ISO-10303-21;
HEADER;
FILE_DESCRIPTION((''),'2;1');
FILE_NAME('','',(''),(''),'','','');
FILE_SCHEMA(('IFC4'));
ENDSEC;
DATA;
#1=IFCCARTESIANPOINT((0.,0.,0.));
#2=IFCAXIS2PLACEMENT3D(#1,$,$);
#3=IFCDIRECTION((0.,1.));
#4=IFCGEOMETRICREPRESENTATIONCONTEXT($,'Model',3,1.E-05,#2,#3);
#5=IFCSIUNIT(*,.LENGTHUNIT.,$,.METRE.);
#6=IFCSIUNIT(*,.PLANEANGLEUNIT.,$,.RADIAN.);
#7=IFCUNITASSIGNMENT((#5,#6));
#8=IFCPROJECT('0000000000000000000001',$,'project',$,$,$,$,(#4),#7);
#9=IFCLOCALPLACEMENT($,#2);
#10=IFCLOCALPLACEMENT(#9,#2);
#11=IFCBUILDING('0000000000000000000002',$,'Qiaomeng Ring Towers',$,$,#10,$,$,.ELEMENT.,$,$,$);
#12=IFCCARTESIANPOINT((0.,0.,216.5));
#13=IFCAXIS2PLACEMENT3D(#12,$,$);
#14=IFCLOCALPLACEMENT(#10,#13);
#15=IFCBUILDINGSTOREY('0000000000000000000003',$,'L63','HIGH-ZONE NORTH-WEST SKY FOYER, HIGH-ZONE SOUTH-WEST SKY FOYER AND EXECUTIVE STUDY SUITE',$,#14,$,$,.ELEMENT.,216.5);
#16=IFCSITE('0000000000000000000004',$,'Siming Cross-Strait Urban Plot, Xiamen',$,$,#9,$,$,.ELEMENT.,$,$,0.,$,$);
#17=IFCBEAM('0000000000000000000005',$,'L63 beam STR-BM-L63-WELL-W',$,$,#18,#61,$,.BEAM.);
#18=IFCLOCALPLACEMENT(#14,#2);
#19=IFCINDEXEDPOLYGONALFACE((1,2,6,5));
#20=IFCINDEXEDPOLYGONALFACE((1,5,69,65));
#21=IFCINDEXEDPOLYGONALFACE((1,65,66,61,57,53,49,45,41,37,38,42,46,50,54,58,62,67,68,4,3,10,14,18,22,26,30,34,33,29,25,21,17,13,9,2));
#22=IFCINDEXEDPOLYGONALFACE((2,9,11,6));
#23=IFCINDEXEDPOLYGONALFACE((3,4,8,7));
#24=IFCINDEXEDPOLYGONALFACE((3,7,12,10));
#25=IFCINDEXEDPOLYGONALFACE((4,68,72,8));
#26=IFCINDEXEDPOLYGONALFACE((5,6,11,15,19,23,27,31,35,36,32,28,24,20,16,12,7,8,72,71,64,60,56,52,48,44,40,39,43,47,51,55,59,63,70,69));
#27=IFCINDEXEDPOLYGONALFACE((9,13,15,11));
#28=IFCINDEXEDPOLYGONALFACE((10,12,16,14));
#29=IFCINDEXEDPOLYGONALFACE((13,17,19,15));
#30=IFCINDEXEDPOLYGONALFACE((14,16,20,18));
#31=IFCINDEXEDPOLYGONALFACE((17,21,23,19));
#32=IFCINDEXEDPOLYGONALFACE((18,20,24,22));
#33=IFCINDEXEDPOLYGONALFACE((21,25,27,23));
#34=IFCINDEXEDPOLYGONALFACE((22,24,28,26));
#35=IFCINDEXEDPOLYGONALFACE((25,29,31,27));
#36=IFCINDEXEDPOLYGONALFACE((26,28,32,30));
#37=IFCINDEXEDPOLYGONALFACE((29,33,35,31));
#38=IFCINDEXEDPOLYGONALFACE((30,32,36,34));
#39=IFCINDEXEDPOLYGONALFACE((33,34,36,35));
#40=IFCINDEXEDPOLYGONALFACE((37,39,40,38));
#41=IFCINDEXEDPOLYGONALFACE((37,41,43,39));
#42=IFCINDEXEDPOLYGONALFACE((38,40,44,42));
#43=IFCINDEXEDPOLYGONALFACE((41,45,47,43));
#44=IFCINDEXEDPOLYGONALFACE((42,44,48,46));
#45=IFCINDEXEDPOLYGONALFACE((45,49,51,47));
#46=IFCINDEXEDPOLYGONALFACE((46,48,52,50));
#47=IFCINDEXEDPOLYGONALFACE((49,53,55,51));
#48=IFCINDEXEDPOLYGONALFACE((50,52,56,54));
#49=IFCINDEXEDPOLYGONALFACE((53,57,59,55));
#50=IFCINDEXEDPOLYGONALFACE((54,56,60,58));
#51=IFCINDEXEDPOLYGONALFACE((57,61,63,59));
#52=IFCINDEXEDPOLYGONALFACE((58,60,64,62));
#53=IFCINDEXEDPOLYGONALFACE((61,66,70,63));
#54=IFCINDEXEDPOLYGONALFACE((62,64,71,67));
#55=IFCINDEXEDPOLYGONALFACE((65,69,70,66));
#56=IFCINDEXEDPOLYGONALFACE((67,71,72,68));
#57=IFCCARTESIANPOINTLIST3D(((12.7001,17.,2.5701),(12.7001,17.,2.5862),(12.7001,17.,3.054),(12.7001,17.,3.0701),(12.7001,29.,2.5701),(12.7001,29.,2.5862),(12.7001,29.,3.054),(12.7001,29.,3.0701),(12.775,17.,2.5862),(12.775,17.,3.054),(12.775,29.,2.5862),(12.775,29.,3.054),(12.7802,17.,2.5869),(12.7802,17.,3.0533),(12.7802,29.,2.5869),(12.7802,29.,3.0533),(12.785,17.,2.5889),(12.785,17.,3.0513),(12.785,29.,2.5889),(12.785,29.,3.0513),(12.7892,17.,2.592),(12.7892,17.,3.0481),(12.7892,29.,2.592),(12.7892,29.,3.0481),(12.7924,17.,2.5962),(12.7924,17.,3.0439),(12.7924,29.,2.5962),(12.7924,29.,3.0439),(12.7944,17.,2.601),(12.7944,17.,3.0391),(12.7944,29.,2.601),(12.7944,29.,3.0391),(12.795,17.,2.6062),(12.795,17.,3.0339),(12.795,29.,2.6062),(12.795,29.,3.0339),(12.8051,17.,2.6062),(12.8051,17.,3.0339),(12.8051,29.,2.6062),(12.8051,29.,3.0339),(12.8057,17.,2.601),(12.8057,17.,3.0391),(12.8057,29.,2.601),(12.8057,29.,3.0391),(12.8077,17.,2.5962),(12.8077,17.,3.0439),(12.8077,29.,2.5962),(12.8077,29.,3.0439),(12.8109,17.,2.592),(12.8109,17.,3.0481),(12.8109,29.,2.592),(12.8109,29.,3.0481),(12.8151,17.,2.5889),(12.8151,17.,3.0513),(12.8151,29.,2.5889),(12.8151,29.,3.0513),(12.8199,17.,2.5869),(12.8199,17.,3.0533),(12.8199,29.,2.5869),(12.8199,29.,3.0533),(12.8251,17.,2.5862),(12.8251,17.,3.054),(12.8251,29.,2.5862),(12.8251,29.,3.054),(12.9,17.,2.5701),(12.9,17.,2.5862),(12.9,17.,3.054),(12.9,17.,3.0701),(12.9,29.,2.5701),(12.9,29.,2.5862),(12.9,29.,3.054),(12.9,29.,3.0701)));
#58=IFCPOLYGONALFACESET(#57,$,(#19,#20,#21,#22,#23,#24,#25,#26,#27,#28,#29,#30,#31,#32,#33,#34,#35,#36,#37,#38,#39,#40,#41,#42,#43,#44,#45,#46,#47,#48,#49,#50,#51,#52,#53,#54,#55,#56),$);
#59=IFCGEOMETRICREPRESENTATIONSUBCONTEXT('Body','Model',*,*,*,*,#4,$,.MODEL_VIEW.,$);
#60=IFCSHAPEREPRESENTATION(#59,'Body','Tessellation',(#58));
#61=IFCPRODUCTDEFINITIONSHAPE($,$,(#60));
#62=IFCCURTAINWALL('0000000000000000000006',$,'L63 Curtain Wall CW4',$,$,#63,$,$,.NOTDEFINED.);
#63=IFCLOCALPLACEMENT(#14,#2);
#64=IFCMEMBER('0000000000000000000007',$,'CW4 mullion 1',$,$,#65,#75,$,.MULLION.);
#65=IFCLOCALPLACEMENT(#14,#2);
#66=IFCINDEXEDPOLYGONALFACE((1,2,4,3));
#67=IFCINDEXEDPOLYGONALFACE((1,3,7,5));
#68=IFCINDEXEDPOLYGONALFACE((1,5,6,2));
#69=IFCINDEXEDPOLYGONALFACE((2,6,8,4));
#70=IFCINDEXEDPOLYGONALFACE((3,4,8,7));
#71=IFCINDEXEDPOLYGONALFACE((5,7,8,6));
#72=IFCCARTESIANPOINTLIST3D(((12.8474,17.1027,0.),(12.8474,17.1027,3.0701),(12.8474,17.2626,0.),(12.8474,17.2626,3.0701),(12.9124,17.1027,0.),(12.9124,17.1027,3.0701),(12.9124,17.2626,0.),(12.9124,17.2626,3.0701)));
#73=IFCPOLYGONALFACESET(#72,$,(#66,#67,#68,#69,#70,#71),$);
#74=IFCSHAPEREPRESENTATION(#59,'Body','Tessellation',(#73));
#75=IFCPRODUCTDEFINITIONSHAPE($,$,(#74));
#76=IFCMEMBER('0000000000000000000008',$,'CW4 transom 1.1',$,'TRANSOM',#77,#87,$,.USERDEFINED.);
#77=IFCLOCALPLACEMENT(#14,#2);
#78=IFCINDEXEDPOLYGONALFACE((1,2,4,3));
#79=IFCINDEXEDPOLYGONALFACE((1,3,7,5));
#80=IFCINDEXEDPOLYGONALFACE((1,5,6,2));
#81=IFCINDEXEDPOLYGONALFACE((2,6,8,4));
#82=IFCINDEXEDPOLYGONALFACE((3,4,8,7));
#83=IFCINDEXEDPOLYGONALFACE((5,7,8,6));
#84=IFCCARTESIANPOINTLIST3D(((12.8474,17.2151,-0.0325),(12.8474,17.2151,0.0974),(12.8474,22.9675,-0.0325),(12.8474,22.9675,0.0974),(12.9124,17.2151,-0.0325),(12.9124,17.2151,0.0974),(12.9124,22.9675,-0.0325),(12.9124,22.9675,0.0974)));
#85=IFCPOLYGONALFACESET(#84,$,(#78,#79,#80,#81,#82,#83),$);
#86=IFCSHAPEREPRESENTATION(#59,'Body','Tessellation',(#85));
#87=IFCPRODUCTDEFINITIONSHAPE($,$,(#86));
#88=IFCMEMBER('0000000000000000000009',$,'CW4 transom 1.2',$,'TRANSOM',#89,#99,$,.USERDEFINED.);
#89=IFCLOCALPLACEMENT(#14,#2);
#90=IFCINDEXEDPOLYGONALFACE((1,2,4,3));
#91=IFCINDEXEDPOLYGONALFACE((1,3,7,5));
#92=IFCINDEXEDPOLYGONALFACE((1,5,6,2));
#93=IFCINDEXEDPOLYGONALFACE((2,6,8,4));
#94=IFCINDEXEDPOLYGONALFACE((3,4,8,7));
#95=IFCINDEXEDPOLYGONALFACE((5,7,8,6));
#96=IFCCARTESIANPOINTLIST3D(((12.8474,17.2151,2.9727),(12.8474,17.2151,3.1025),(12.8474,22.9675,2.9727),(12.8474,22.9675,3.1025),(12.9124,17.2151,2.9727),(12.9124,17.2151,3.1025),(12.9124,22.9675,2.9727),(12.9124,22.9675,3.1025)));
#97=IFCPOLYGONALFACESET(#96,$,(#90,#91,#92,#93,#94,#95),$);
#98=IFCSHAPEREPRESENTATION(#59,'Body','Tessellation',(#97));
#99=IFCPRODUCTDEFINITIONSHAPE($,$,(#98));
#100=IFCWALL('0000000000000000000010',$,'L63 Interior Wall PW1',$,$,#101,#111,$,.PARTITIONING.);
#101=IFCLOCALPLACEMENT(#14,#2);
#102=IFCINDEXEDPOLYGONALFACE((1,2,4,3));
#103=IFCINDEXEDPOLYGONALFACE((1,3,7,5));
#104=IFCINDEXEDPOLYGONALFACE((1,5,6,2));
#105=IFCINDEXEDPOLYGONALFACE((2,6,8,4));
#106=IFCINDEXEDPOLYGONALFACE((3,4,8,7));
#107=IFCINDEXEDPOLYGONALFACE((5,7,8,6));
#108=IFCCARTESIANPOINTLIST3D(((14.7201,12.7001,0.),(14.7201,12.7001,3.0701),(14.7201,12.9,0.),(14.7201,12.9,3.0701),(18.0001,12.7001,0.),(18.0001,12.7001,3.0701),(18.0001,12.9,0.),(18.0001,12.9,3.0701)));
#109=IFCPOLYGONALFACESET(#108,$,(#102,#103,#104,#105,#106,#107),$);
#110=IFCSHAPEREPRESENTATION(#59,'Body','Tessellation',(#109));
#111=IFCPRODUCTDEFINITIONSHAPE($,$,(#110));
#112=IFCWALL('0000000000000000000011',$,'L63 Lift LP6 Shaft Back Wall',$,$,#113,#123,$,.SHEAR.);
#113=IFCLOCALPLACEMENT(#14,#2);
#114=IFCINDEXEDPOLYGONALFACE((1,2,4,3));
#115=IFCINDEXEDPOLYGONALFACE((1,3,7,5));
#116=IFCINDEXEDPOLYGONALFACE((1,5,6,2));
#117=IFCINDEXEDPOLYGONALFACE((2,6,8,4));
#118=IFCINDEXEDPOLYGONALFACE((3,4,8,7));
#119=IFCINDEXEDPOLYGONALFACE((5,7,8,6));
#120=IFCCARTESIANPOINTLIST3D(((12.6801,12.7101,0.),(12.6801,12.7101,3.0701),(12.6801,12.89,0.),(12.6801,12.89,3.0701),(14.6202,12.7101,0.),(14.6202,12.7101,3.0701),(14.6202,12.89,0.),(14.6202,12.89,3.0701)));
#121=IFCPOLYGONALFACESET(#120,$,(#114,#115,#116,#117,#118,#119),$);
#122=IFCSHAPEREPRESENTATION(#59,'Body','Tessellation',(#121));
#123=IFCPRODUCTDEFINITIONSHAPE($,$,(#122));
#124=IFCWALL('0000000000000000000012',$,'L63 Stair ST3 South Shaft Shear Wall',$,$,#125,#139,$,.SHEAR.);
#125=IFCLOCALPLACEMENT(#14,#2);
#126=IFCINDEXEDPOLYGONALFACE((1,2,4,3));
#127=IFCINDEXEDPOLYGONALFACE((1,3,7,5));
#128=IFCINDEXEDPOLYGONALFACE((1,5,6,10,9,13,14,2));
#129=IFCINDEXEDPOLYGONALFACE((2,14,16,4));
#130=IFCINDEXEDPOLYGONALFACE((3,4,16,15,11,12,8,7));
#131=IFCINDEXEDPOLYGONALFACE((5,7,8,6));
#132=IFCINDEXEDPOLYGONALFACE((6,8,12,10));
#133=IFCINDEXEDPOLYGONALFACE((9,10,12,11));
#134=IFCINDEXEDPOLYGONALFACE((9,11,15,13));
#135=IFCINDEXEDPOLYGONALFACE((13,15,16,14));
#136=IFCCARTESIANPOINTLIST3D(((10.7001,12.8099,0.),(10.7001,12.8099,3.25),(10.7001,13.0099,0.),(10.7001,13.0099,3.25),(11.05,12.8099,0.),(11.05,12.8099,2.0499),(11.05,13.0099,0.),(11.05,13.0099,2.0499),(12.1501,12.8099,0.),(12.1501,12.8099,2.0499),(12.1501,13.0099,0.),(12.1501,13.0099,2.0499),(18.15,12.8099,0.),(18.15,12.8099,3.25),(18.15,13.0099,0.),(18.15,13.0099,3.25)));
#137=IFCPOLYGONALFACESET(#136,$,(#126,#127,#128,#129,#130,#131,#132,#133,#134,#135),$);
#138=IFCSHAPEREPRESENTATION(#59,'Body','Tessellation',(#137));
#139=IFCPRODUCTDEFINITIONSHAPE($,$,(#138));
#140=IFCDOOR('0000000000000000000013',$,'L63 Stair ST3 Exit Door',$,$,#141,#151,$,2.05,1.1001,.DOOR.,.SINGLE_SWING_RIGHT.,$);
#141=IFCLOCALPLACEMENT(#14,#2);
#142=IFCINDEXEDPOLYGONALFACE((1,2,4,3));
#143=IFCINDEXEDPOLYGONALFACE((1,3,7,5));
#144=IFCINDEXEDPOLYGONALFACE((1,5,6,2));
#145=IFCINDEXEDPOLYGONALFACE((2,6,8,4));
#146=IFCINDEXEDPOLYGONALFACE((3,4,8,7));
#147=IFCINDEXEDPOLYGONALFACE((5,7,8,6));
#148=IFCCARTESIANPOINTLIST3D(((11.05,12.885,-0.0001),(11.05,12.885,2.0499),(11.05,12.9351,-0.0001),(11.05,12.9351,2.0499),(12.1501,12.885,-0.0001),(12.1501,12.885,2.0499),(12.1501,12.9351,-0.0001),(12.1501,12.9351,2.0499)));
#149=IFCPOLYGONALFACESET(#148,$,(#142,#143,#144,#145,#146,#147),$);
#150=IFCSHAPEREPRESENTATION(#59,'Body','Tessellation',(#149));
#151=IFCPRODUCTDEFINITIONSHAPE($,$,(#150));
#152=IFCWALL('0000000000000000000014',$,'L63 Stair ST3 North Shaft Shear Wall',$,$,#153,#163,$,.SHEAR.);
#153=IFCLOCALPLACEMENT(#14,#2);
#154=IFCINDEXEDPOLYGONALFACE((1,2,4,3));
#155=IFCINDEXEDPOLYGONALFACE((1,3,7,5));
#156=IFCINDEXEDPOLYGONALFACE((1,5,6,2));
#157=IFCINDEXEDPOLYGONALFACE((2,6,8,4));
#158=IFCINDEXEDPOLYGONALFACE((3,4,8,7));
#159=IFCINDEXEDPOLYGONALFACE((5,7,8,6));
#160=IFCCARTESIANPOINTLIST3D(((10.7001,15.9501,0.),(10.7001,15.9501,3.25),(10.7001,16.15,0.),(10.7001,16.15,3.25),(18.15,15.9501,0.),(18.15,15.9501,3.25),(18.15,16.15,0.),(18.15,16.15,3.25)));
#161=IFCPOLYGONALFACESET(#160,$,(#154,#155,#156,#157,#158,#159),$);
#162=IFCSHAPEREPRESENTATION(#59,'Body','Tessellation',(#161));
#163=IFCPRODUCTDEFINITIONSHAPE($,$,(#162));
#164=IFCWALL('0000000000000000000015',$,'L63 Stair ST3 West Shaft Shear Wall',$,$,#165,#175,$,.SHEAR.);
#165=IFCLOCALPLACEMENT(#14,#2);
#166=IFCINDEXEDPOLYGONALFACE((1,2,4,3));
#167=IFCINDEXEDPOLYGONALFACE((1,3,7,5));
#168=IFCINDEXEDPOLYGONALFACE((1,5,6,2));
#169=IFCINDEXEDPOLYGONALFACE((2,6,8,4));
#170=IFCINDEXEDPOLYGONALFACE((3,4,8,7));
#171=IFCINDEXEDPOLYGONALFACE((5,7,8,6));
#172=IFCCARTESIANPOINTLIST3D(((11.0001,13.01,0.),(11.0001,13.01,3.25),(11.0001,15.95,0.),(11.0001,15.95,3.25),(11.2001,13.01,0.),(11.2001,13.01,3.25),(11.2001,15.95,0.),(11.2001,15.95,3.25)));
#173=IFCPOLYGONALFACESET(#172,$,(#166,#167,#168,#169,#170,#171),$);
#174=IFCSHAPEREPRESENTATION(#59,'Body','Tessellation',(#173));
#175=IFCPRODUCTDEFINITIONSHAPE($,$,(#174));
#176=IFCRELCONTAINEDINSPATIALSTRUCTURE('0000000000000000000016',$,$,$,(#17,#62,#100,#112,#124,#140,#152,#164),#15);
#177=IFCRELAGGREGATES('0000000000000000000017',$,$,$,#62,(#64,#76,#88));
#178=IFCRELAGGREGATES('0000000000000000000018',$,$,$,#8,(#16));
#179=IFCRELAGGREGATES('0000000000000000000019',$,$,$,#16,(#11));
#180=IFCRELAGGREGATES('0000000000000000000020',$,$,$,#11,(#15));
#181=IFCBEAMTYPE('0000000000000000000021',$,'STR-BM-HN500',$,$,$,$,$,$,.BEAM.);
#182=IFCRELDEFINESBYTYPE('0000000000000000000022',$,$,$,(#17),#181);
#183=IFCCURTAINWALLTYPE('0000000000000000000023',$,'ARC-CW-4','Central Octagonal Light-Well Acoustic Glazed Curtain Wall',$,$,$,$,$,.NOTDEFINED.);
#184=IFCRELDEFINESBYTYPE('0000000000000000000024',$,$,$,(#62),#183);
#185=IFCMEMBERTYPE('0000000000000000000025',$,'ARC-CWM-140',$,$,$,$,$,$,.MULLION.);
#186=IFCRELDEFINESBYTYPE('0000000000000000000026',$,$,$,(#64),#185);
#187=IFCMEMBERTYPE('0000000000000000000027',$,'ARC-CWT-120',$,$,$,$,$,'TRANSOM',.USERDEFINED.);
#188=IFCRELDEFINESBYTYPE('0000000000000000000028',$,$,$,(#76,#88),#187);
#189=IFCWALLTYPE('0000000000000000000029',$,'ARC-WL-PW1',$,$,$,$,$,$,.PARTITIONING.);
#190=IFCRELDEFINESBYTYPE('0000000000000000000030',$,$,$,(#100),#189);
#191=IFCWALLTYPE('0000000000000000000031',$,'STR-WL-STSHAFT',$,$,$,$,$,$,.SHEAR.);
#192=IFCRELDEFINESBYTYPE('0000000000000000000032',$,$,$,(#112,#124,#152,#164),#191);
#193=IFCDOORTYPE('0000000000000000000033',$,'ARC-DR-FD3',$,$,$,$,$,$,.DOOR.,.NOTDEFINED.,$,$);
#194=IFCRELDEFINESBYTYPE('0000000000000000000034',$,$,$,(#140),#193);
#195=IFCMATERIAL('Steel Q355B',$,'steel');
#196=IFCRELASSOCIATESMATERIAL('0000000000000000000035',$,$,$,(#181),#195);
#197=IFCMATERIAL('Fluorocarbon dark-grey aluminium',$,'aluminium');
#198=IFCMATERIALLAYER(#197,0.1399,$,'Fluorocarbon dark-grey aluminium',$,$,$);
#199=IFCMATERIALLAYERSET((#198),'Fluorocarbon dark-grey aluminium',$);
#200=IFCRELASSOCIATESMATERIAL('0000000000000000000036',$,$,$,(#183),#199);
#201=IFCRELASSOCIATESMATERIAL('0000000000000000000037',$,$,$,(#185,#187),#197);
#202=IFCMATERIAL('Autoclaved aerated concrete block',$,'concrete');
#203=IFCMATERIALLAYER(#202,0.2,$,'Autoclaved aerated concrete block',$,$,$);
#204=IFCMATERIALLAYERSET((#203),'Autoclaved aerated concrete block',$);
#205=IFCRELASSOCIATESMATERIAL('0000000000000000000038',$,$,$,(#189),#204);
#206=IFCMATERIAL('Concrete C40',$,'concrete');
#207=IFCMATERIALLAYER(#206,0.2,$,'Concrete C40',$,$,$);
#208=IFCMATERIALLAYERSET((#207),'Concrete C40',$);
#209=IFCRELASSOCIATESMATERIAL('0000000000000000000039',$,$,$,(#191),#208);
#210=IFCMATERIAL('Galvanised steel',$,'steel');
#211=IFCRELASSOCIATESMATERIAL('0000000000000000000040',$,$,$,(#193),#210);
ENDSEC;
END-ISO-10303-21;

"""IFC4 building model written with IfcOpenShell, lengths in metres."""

from ifc_helpers import new_model, si_unit, direction, frame, frame_2d, origin, origin_2d, place, context, subcontext, project, spatial, rectangle, i_section, extrude, source, transform, mapped, material, layer, layer_set, material_profile, profile_set, type_object, element, fill, aggregate, save


model = new_model("IFC4")

# Units and contexts
model_context = context("Model", 3, precision=1e-05, world=origin(), true_north=direction((0.0, 1.0)))
body_context = subcontext(model_context, "Body", "Model", "MODEL_VIEW")
ifc_project = project(units=[si_unit("LENGTHUNIT", "METRE"), si_unit("PLANEANGLEUNIT", "RADIAN")], contexts=[model_context])

# Site, building, storey
site_placement = place(None, origin())
site = spatial("IfcSite", under=ifc_project, at=site_placement, Name="Siming Cross-Strait Urban Plot, Xiamen", CompositionType="ELEMENT", RefElevation=0.0)
building_placement = place(site_placement, origin())
building = spatial("IfcBuilding", under=site, at=building_placement, Name="Qiaomeng Ring Towers", CompositionType="ELEMENT")
storey_placement = place(building_placement, frame((0.0, 0.0, 216.5)))
storey = spatial("IfcBuildingStorey", under=building, at=storey_placement, Name="L63", Description="HIGH-ZONE NORTH-WEST SKY FOYER, HIGH-ZONE SOUTH-WEST SKY FOYER AND EXECUTIVE STUDY SUITE", CompositionType="ELEMENT", Elevation=216.5)

# Beam
ifc_material_1 = material(Name="Steel Q355B", Category="steel")
ifc_material_profile_1 = material_profile(ifc_material_1, i_section(OverallWidth=0.2, OverallDepth=0.5, WebThickness=0.01, FlangeThickness=0.0161, FilletRadius=0.02, at=origin_2d()), Name="HN 500x200x10x16")
ifc_profile_set_1 = profile_set([ifc_material_profile_1], Name="Steel Q355B")
beam_type = type_object("IfcBeamType", Name="STR-BM-HN500", PredefinedType="BEAM", material=ifc_profile_set_1)
shared_shape_1 = source(origin(), body_context, "Body", "SweptSolid", [
    extrude(i_section(OverallWidth=0.2, OverallDepth=0.5, WebThickness=0.01, FlangeThickness=0.0161, FilletRadius=0.02, at=origin_2d()), origin(), (0.0, 0.0, 1.0), 12.0),
])
beam_placement = place(storey_placement, frame((12.8, 17.0, 2.8201), z_axis=(0.0, 1.0, 0.0), x_axis=(-1.0, 0.0, 0.0)))
element("IfcBeam", 1, at=beam_placement, inside=storey, type_object=beam_type, Name="L63 beam STR-BM-L63-WELL-W", PredefinedType="BEAM", context=body_context, shape_type="MappedRepresentation", body=[
    mapped(shared_shape_1, transform((0.0, 0.0, 0.0), x_axis=(1.0, 0.0, 0.0), y_axis=(0.0, 1.0, 0.0), z_axis=(0.0, 0.0, 1.0), scale=1.0)),
])

# Curtain wall, members
ifc_material_2 = material(Name="Fluorocarbon dark-grey aluminium", Category="aluminium")
ifc_layer_1 = layer(ifc_material_2, 0.1399, Name="Fluorocarbon dark-grey aluminium")
ifc_layer_set_1 = layer_set([ifc_layer_1], Name="Fluorocarbon dark-grey aluminium")
curtain_wall_type = type_object("IfcCurtainWallType", Name="ARC-CW-4", Description="Central Octagonal Light-Well Acoustic Glazed Curtain Wall", PredefinedType="NOTDEFINED", material=ifc_layer_set_1)
curtain_wall_placement = place(storey_placement, origin())
curtain_wall = element("IfcCurtainWall", 2, at=curtain_wall_placement, inside=storey, type_object=curtain_wall_type, Name="L63 Curtain Wall CW4", PredefinedType="NOTDEFINED")
ifc_material_profile_2 = material_profile(ifc_material_2, rectangle(XDim=0.0649, YDim=0.1599, at=origin_2d()), Name="ALU MULL 65x160")
ifc_profile_set_2 = profile_set([ifc_material_profile_2], Name="Fluorocarbon dark-grey aluminium")
member_type_1 = type_object("IfcMemberType", Name="ARC-CWM-140", PredefinedType="MULLION", material=ifc_profile_set_2)
shared_shape_2 = source(origin(), body_context, "Body", "SweptSolid", [
    extrude(rectangle(XDim=0.0649, YDim=0.1599, at=origin_2d()), origin(), (0.0, 0.0, 1.0), 3.0701),
])
member_1_placement = place(storey_placement, frame((12.8799, 17.1826, 0.0), z_axis=(0.0, 0.0, 1.0), x_axis=(-1.0, 0.0, 0.0)))
member_1 = element("IfcMember", 3, at=member_1_placement, type_object=member_type_1, Name="CW4 mullion 1", PredefinedType="MULLION", context=body_context, shape_type="MappedRepresentation", body=[
    mapped(shared_shape_2, transform((0.0, 0.0, 0.0), x_axis=(1.0, 0.0, 0.0), y_axis=(0.0, 1.0, 0.0), z_axis=(0.0, 0.0, 1.0), scale=1.0)),
])
ifc_material_profile_3 = material_profile(ifc_material_2, rectangle(XDim=0.0649, YDim=0.1299, at=origin_2d()), Name="ALU TRAN 65x130")
ifc_profile_set_3 = profile_set([ifc_material_profile_3], Name="Fluorocarbon dark-grey aluminium")
member_type_2 = type_object("IfcMemberType", Name="ARC-CWT-120", ElementType="TRANSOM", PredefinedType="USERDEFINED", material=ifc_profile_set_3)
shared_shape_3 = source(origin(), body_context, "Body", "SweptSolid", [
    extrude(rectangle(XDim=0.0649, YDim=0.1299, at=origin_2d()), origin(), (0.0, 0.0, 1.0), 5.7524),
])
member_2_placement = place(storey_placement, frame((12.8799, 17.2151, 0.0325), z_axis=(0.0, 1.0, 0.0), x_axis=(-1.0, 0.0, 0.0)))
member_2 = element("IfcMember", 4, at=member_2_placement, type_object=member_type_2, Name="CW4 transom 1.1", ObjectType="TRANSOM", PredefinedType="USERDEFINED", context=body_context, shape_type="MappedRepresentation", body=[
    mapped(shared_shape_3, transform((0.0, 0.0, 0.0), x_axis=(1.0, 0.0, 0.0), y_axis=(0.0, 1.0, 0.0), z_axis=(0.0, 0.0, 1.0), scale=1.0)),
])
member_3_placement = place(storey_placement, frame((12.8799, 17.2151, 3.0376), z_axis=(0.0, 1.0, 0.0), x_axis=(-1.0, 0.0, 0.0)))
member_3 = element("IfcMember", 5, at=member_3_placement, type_object=member_type_2, Name="CW4 transom 1.2", ObjectType="TRANSOM", PredefinedType="USERDEFINED", context=body_context, shape_type="MappedRepresentation", body=[
    mapped(shared_shape_3, transform((0.0, 0.0, 0.0), x_axis=(1.0, 0.0, 0.0), y_axis=(0.0, 1.0, 0.0), z_axis=(0.0, 0.0, 1.0), scale=1.0)),
])
aggregate(curtain_wall, [member_1, member_2, member_3])

# Walls
ifc_material_3 = material(Name="Autoclaved aerated concrete block", Category="concrete")
ifc_layer_2 = layer(ifc_material_3, 0.2, Name="Autoclaved aerated concrete block")
ifc_layer_set_2 = layer_set([ifc_layer_2], Name="Autoclaved aerated concrete block")
wall_type_1 = type_object("IfcWallType", Name="ARC-WL-PW1", PredefinedType="PARTITIONING", material=ifc_layer_set_2)
wall_1_placement = place(storey_placement, frame((14.72, 12.8, 0.0), z_axis=(0.0, 0.0, 1.0), x_axis=(1.0, 0.0, 0.0)))
element("IfcWall", 6, at=wall_1_placement, inside=storey, type_object=wall_type_1, Name="L63 Interior Wall PW1", PredefinedType="PARTITIONING", context=body_context, shape_type="SweptSolid", body=[
    extrude(rectangle(XDim=3.28, YDim=0.2, at=frame_2d((1.6401, 0.0))), origin(), (0.0, 0.0, 1.0), 3.0701),
])
ifc_material_4 = material(Name="Concrete C40", Category="concrete")
ifc_layer_3 = layer(ifc_material_4, 0.2, Name="Concrete C40")
ifc_layer_set_3 = layer_set([ifc_layer_3], Name="Concrete C40")
wall_type_2 = type_object("IfcWallType", Name="STR-WL-STSHAFT", PredefinedType="SHEAR", material=ifc_layer_set_3)
wall_2_placement = place(storey_placement, frame((12.6799, 12.8, 0.0), z_axis=(0.0, 0.0, 1.0), x_axis=(1.0, 0.0, 0.0)))
element("IfcWall", 7, at=wall_2_placement, inside=storey, type_object=wall_type_2, Name="L63 Lift LP6 Shaft Back Wall", PredefinedType="SHEAR", context=body_context, shape_type="SweptSolid", body=[
    extrude(rectangle(XDim=1.9402, YDim=0.1799, at=frame_2d((0.9702, 0.0))), origin(), (0.0, 0.0, 1.0), 3.0701),
])

# Wall, opening, door
wall_3_placement = place(storey_placement, frame((10.7, 12.9099, 0.0), z_axis=(0.0, 0.0, 1.0), x_axis=(1.0, 0.0, 0.0)))
wall_3 = element("IfcWall", 8, at=wall_3_placement, inside=storey, type_object=wall_type_2, Name="L63 Stair ST3 South Shaft Shear Wall", PredefinedType="SHEAR", context=body_context, shape_type="SweptSolid", body=[
    extrude(rectangle(XDim=7.45, YDim=0.2, at=frame_2d((3.7251, 0.0))), origin(), (0.0, 0.0, 1.0), 3.25),
])
opening_placement = place(wall_3_placement, frame((0.3501, 0.0, 0.0)))
opening = element("IfcOpeningElement", 9, at=opening_placement, cuts=wall_3, PredefinedType="OPENING", context=body_context, shape_type="SweptSolid", body=[
    extrude(rectangle(XDim=1.1001, YDim=2.05, at=frame_2d((0.55, 1.0249))), frame((0.0, 0.1099, 0.0), z_axis=(0.0, -1.0, 0.0), x_axis=(1.0, 0.0, 0.0)), (0.0, 0.0, 1.0), 0.22),
])
ifc_material_5 = material(Name="Galvanised steel", Category="steel")
door_type = type_object("IfcDoorType", Name="ARC-DR-FD3", OperationType="NOTDEFINED", PredefinedType="DOOR", material=ifc_material_5)
shared_shape_4 = source(origin(), body_context, "Body", "SweptSolid", [
    extrude(rectangle(XDim=1.1001, YDim=2.05, at=frame_2d((0.55, 1.0249))), frame((0.0, 0.0249, 0.0), z_axis=(0.0, -1.0, 0.0), x_axis=(1.0, 0.0, 0.0)), (0.0, 0.0, 1.0), 0.05),
])
door_placement = place(opening_placement, frame((1.1001, 0.0, 0.0), z_axis=(0.0, 0.0, 1.0), x_axis=(-1.0, 0.0, 0.0)))
door = element("IfcDoor", 10, at=door_placement, inside=storey, type_object=door_type, Name="L63 Stair ST3 Exit Door", OperationType="SINGLE_SWING_RIGHT", OverallHeight=2.05, OverallWidth=1.1001, PredefinedType="DOOR", context=body_context, shape_type="MappedRepresentation", body=[
    mapped(shared_shape_4, transform((0.0, 0.0, 0.0), x_axis=(1.0, 0.0, 0.0), y_axis=(0.0, 1.0, 0.0), z_axis=(0.0, 0.0, 1.0), scale=1.0)),
])
fill(opening, door)

# Walls
wall_4_placement = place(storey_placement, frame((10.7, 16.05, 0.0), z_axis=(0.0, 0.0, 1.0), x_axis=(1.0, 0.0, 0.0)))
element("IfcWall", 11, at=wall_4_placement, inside=storey, type_object=wall_type_2, Name="L63 Stair ST3 North Shaft Shear Wall", PredefinedType="SHEAR", context=body_context, shape_type="SweptSolid", body=[
    extrude(rectangle(XDim=7.45, YDim=0.2, at=frame_2d((3.7251, 0.0))), origin(), (0.0, 0.0, 1.0), 3.25),
])
wall_5_placement = place(storey_placement, frame((11.1001, 13.01, 0.0), z_axis=(0.0, 0.0, 1.0), x_axis=(0.0, 1.0, 0.0)))
element("IfcWall", 12, at=wall_5_placement, inside=storey, type_object=wall_type_2, Name="L63 Stair ST3 West Shaft Shear Wall", PredefinedType="SHEAR", context=body_context, shape_type="SweptSolid", body=[
    extrude(rectangle(XDim=2.9399, YDim=0.2, at=frame_2d((1.47, 0.0))), origin(), (0.0, 0.0, 1.0), 3.25),
])

save(model, "model.ifc")
